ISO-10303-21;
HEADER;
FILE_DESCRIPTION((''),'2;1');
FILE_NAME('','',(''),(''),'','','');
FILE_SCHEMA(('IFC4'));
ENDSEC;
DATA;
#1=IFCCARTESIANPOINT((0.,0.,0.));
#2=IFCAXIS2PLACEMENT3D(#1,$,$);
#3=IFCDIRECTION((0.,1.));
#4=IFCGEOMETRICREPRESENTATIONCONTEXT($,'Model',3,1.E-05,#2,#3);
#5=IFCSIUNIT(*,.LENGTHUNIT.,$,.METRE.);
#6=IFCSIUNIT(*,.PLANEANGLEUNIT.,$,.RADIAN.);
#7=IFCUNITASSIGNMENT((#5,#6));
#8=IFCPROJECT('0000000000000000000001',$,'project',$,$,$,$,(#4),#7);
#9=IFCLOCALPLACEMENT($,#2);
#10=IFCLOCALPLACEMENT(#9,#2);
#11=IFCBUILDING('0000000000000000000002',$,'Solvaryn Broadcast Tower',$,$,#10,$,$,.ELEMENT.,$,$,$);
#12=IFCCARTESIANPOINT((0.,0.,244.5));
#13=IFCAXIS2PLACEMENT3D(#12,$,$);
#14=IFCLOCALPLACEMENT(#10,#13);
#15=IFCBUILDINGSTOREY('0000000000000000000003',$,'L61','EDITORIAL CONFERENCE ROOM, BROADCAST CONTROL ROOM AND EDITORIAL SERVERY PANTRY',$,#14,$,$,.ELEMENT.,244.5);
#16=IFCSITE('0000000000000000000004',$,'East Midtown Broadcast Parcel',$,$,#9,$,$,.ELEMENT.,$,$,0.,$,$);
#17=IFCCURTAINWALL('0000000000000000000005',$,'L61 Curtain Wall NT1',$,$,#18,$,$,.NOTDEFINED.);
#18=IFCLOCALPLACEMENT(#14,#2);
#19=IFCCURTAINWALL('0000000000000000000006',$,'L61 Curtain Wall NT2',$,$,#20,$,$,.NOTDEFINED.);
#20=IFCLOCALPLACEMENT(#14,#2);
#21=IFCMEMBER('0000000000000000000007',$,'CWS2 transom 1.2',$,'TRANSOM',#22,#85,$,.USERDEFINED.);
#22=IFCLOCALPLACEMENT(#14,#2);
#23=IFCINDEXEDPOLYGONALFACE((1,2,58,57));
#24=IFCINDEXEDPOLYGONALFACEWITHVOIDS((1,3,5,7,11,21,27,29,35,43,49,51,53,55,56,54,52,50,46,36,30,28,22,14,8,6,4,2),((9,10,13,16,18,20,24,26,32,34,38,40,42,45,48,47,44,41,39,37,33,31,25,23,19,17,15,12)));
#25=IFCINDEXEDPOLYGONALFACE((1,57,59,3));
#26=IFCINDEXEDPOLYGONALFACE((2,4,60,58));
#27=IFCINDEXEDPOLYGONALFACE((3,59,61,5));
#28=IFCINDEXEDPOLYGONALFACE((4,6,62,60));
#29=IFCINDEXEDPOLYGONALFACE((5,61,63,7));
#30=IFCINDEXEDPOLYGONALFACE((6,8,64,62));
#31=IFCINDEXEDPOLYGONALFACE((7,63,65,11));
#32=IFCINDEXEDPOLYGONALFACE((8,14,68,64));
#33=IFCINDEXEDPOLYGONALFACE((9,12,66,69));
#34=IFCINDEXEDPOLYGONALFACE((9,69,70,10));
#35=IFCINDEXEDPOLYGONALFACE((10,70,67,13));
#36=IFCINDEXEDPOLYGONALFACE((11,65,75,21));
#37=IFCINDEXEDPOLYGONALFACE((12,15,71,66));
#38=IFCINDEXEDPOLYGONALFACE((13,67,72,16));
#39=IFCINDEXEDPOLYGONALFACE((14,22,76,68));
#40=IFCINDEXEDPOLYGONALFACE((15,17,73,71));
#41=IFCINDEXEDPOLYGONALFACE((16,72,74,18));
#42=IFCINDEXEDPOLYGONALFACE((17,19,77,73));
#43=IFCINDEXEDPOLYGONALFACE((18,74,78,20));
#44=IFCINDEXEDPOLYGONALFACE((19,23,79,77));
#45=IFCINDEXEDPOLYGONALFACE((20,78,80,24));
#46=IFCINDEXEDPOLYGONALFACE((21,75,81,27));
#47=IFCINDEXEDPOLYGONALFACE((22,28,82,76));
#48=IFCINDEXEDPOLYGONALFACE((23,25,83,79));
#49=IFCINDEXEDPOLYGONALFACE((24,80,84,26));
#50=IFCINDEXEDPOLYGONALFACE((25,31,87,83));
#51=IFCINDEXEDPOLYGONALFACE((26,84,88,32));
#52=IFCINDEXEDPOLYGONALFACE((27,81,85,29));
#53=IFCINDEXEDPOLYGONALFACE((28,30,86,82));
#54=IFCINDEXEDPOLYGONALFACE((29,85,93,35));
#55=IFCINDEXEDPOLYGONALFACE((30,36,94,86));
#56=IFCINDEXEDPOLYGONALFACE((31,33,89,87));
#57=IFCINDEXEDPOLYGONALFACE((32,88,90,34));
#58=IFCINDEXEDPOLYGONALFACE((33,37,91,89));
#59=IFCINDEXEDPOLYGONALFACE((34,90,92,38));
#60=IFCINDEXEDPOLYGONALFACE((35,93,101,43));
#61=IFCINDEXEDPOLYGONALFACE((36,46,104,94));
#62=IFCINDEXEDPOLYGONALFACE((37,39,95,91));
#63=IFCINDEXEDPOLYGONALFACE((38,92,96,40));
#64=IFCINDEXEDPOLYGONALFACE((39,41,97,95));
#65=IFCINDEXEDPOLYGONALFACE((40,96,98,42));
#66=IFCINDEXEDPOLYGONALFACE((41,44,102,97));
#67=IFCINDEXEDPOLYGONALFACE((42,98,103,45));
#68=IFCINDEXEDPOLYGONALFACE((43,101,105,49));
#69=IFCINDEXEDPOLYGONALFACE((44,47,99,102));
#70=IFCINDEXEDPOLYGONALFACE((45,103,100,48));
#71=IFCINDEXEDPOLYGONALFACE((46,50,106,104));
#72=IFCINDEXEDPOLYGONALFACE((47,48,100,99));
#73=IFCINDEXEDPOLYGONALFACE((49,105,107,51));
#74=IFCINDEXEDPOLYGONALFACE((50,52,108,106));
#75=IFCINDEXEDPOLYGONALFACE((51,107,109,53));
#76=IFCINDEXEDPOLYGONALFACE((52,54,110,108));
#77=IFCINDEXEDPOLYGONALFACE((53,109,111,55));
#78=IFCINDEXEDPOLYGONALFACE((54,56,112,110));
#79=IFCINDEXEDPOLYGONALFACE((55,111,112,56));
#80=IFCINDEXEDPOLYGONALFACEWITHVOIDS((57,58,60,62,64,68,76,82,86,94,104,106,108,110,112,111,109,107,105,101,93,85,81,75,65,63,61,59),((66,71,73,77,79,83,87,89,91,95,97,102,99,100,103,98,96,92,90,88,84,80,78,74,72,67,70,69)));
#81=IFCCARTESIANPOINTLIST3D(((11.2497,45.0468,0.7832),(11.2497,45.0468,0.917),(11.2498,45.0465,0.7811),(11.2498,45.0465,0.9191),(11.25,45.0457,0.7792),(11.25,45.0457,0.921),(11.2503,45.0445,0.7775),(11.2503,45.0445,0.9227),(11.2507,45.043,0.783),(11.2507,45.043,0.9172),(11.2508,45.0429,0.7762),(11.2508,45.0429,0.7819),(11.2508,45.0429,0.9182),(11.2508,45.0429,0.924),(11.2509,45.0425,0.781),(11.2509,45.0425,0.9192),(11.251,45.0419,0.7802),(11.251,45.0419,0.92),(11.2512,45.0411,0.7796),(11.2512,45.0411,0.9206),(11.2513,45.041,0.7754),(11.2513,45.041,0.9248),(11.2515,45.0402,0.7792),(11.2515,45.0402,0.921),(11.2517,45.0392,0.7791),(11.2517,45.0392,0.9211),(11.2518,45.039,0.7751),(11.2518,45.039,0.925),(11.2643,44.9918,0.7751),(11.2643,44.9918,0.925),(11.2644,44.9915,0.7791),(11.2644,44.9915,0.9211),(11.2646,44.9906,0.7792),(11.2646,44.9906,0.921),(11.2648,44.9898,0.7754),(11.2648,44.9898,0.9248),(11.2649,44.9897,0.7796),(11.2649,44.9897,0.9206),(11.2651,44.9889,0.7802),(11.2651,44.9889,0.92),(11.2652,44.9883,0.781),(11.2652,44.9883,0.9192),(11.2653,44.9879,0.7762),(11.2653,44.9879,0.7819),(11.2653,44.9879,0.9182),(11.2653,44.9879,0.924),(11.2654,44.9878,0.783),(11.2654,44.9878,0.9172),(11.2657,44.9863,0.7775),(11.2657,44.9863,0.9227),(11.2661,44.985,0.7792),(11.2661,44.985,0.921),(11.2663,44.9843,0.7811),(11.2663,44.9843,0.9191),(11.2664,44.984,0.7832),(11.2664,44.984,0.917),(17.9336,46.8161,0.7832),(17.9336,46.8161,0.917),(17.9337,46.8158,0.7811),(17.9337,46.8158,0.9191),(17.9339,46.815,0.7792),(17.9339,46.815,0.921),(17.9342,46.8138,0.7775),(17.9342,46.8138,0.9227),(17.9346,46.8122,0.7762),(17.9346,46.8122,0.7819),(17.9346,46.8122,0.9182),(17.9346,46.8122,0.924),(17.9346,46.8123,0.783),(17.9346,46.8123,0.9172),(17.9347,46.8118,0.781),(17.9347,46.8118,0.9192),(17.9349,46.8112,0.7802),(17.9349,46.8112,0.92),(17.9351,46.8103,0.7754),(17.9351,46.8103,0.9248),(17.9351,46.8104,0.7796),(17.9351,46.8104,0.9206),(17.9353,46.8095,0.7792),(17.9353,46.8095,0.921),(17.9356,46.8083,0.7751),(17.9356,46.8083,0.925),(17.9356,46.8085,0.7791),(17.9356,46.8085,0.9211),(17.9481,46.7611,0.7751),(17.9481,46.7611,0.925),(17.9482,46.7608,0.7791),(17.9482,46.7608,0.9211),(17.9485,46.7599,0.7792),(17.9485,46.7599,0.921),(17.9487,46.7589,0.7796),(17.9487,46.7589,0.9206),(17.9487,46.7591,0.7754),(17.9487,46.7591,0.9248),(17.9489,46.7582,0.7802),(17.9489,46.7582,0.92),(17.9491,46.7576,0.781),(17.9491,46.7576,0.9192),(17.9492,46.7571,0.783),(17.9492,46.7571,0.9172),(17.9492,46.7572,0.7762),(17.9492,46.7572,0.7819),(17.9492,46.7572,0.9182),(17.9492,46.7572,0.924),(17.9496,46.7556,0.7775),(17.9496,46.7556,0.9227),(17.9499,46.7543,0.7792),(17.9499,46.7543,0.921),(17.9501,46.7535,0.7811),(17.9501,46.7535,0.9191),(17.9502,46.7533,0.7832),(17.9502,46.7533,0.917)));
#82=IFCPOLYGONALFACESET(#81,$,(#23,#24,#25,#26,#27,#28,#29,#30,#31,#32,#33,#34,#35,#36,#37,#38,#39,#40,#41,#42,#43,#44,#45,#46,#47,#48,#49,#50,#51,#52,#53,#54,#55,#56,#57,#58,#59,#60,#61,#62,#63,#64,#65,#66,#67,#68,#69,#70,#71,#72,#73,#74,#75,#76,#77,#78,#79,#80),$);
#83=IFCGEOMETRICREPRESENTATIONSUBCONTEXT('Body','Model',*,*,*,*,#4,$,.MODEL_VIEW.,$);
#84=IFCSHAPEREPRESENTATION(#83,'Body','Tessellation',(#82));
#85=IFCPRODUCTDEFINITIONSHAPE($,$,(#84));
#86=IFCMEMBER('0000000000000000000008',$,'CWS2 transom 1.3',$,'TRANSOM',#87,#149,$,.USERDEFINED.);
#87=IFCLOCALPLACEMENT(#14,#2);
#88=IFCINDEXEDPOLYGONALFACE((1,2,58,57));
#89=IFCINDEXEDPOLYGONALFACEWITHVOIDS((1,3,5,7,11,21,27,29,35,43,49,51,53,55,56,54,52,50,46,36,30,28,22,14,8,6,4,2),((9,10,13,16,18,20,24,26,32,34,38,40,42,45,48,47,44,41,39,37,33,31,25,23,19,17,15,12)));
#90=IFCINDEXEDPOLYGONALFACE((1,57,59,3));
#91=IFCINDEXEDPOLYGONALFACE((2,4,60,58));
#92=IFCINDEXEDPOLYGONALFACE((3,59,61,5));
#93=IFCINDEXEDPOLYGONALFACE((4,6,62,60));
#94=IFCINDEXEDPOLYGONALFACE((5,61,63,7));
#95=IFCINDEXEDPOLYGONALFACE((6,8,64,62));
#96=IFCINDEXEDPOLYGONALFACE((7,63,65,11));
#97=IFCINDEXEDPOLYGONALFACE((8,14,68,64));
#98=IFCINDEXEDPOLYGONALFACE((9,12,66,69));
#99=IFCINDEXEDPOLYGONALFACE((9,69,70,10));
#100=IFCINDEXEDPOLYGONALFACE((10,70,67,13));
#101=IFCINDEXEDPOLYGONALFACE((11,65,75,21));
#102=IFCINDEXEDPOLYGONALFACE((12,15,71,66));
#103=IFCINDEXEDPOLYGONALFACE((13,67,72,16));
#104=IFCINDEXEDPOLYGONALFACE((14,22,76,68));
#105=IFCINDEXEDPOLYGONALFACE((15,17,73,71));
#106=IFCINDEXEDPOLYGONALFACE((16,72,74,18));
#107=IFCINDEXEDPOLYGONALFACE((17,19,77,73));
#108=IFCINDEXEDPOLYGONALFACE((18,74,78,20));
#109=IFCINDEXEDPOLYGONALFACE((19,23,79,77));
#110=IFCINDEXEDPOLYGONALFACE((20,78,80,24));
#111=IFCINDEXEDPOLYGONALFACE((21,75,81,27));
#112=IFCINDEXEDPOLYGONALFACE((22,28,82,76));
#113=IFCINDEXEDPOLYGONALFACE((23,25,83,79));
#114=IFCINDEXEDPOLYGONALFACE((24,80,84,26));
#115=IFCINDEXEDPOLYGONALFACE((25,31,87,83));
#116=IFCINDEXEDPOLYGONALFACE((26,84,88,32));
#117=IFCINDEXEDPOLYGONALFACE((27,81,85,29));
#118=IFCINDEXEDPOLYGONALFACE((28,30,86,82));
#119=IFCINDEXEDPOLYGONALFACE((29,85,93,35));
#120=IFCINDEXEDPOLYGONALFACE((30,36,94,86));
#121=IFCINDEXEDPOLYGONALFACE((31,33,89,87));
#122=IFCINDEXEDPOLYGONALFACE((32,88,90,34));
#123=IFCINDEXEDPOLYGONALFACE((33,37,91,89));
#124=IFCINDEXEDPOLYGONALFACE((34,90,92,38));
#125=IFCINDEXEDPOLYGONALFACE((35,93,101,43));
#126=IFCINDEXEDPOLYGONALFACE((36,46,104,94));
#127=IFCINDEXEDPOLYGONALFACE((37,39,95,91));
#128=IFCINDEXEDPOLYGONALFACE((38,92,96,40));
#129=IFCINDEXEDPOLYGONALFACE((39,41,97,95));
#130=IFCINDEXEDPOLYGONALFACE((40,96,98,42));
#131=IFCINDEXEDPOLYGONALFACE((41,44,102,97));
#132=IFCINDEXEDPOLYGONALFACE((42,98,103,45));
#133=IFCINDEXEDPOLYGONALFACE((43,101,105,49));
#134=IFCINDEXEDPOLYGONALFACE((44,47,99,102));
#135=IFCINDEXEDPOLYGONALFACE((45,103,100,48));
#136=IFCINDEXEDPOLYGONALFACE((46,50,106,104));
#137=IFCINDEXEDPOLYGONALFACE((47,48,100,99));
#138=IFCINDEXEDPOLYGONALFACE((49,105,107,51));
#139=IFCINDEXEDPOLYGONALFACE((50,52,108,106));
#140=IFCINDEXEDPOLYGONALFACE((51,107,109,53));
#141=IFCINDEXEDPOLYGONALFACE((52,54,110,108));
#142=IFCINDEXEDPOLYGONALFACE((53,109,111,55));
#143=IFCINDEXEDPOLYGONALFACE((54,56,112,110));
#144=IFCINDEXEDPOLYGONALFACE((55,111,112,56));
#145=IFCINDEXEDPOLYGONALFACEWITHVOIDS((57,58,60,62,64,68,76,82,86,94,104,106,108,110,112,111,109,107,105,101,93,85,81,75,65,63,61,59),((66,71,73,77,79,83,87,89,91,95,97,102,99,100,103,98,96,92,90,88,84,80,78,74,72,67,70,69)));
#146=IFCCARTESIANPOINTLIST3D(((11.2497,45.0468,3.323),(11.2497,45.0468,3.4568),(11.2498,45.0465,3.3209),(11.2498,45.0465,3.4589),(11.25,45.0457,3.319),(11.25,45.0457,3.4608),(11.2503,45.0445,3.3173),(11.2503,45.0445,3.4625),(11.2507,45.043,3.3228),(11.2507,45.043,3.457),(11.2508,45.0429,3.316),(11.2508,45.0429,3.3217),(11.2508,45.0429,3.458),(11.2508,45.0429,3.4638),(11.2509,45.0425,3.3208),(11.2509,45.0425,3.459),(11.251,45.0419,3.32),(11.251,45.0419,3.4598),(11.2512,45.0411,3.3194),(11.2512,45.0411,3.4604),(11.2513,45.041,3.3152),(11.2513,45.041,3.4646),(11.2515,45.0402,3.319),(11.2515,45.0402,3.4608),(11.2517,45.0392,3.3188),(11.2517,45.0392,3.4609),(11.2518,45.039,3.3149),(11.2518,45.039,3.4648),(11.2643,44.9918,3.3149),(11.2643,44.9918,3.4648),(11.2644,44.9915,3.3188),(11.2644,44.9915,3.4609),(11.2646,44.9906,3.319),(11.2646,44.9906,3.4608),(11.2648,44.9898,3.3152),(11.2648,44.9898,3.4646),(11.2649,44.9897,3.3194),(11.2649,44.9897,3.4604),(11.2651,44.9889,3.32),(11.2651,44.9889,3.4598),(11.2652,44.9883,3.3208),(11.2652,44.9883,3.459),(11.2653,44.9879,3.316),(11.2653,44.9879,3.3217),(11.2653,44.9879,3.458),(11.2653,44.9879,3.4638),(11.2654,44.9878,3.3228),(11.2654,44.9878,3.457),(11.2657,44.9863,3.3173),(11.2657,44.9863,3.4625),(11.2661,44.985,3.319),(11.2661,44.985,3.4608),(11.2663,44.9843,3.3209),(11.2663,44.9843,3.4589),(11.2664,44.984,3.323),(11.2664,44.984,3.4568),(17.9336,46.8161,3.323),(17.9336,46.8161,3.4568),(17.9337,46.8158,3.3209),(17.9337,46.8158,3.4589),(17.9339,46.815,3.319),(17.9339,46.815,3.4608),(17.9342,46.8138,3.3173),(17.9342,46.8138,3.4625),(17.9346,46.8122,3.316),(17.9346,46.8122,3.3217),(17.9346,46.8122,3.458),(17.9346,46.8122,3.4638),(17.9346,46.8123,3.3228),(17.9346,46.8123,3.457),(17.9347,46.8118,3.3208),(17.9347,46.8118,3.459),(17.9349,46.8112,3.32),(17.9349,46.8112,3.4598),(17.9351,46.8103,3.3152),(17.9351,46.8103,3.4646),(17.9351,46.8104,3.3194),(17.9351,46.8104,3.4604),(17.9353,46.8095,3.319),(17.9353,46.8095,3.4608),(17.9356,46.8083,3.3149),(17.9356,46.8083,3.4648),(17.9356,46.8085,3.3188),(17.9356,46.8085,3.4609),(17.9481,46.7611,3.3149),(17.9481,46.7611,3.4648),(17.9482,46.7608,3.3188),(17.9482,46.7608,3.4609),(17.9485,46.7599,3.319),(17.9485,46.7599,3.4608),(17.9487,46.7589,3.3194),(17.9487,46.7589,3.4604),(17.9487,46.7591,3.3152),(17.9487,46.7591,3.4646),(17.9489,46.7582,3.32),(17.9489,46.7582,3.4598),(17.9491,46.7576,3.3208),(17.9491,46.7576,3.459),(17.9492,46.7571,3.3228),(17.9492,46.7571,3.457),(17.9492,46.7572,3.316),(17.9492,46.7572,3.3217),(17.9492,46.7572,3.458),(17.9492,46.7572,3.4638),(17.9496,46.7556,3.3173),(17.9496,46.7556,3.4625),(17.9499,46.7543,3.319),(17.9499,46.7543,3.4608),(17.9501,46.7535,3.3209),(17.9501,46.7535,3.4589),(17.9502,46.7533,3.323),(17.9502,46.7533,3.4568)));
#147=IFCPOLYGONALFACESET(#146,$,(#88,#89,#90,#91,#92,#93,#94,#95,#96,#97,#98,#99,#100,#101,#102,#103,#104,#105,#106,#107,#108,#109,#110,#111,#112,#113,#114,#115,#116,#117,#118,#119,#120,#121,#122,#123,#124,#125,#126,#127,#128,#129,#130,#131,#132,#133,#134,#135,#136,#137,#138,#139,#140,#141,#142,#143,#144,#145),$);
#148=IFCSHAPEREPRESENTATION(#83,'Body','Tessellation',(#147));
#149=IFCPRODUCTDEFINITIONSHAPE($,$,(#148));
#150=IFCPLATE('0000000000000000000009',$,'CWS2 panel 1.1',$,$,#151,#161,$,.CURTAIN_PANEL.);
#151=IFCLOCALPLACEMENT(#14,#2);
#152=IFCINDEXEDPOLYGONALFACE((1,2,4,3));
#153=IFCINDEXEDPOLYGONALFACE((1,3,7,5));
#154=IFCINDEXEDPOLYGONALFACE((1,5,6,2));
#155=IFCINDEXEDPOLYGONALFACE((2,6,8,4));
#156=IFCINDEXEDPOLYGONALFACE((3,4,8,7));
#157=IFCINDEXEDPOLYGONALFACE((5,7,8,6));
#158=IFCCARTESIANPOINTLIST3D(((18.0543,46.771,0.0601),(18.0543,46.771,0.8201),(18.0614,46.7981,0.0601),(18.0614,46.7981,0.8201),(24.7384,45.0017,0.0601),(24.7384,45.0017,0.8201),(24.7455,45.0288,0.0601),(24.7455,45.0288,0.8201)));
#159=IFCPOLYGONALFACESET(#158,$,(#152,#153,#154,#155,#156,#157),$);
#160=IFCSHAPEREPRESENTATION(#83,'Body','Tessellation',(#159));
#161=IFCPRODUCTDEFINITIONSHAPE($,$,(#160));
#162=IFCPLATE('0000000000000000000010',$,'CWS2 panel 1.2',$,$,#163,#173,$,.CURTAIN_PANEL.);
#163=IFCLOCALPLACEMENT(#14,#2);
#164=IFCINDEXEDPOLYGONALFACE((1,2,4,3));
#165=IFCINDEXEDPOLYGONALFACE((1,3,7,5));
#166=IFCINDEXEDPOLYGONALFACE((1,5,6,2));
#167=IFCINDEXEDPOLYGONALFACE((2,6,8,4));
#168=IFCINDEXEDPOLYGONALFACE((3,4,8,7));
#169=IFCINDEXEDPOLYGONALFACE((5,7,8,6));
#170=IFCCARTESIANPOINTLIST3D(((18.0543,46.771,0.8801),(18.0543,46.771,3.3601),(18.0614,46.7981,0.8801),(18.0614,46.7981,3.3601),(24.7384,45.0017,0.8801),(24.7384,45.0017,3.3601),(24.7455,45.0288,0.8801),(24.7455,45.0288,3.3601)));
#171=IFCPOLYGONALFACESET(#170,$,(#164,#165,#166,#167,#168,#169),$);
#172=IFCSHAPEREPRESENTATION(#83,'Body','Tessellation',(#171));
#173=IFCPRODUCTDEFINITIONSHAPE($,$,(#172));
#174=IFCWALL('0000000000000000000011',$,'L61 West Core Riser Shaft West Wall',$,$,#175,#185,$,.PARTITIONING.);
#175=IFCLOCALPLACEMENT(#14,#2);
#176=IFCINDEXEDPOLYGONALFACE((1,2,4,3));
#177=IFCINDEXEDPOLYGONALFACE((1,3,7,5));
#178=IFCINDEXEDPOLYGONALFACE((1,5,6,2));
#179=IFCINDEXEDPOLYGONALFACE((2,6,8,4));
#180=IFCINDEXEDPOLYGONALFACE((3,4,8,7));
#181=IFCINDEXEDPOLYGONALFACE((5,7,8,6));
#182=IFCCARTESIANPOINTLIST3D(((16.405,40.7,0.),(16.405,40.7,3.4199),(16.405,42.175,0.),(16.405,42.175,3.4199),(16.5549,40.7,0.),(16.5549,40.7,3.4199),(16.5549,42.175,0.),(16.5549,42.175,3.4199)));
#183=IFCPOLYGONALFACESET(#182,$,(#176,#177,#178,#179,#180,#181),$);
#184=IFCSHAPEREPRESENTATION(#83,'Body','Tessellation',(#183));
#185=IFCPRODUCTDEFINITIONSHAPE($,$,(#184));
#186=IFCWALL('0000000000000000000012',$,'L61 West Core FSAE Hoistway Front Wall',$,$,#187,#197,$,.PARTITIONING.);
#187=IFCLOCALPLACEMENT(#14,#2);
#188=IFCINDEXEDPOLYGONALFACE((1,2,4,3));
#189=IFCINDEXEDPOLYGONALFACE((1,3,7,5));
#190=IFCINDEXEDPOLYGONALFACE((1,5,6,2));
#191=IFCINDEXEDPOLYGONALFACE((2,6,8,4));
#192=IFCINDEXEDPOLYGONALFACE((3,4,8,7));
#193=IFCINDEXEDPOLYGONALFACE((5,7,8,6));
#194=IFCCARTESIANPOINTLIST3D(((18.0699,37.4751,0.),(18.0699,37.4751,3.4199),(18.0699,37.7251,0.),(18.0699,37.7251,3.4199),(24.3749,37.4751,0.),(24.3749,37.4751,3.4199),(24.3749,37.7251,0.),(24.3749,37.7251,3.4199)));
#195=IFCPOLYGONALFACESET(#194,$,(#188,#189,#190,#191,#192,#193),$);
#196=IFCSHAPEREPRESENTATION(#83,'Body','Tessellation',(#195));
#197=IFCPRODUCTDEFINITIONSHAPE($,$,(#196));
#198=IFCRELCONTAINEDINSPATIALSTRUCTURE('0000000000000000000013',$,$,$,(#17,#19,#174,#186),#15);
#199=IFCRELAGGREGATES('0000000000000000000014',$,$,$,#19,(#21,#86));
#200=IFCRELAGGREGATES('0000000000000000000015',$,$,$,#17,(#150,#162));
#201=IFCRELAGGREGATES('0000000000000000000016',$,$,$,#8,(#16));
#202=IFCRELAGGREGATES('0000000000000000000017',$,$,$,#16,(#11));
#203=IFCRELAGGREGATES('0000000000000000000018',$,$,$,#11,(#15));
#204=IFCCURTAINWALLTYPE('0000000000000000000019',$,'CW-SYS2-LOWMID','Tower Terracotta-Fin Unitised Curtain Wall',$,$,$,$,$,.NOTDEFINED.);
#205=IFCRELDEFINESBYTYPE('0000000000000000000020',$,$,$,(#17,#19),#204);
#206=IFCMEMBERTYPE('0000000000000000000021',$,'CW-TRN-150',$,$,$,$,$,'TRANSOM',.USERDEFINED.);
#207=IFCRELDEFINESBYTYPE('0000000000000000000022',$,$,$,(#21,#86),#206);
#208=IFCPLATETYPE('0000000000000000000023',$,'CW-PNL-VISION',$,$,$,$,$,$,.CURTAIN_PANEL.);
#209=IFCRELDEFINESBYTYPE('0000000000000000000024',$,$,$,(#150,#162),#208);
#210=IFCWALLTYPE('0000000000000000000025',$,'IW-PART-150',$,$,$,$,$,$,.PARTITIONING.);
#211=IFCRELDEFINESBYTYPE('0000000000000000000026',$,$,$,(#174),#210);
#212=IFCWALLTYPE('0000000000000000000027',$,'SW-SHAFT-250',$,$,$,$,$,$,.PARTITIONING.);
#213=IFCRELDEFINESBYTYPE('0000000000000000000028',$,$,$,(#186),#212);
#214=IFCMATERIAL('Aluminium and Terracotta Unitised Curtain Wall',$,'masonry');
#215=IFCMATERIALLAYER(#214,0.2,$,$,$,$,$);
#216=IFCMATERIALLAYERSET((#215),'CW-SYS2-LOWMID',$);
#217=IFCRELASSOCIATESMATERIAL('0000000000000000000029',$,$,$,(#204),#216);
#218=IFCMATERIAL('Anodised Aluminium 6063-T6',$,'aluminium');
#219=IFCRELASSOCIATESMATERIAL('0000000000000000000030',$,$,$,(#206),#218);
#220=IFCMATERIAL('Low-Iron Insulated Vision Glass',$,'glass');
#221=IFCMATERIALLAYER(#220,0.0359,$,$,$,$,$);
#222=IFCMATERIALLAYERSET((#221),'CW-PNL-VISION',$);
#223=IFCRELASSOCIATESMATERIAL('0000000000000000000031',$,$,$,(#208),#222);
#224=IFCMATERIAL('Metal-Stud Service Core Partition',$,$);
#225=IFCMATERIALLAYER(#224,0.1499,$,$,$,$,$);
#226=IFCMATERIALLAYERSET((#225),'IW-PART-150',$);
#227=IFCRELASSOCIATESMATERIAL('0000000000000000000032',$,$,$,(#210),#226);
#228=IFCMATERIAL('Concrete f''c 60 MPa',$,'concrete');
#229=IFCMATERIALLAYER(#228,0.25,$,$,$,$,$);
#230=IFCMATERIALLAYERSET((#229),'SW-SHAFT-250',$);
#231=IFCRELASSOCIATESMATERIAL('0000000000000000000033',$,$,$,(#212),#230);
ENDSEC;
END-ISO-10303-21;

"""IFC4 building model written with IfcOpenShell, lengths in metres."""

from ifc_helpers import new_model, si_unit, direction, frame, frame_2d, origin, origin_2d, place, context, subcontext, project, spatial, rectangle, hollow_rectangle, extrude, material, layer, layer_set, material_profile, profile_set, type_object, element, aggregate, save


model = new_model("IFC4")

# Units and contexts
model_context = context("Model", 3, precision=1e-05, world=origin(), true_north=direction((0.0, 1.0)))
body_context = subcontext(model_context, "Body", "Model", "MODEL_VIEW")
ifc_project = project(units=[si_unit("LENGTHUNIT", "METRE"), si_unit("PLANEANGLEUNIT", "RADIAN")], contexts=[model_context])

# Site, building, storey
site_placement = place(None, origin())
site = spatial("IfcSite", under=ifc_project, at=site_placement, Name="East Midtown Broadcast Parcel", CompositionType="ELEMENT", RefElevation=0.0)
building_placement = place(site_placement, origin())
building = spatial("IfcBuilding", under=site, at=building_placement, Name="Solvaryn Broadcast Tower", CompositionType="ELEMENT")
storey_placement = place(building_placement, frame((0.0, 0.0, 244.5)))
storey = spatial("IfcBuildingStorey", under=building, at=storey_placement, Name="L61", Description="EDITORIAL CONFERENCE ROOM, BROADCAST CONTROL ROOM AND EDITORIAL SERVERY PANTRY", CompositionType="ELEMENT", Elevation=244.5)

# Curtain wall
ifc_material_1 = material(Name="Aluminium and Terracotta Unitised Curtain Wall", Category="masonry")
ifc_layer_1 = layer(ifc_material_1, 0.2)
ifc_layer_set_1 = layer_set([ifc_layer_1], Name="CW-SYS2-LOWMID")
curtain_wall_type = type_object("IfcCurtainWallType", Name="CW-SYS2-LOWMID", Description="Tower Terracotta-Fin Unitised Curtain Wall", PredefinedType="NOTDEFINED", material=ifc_layer_set_1)
curtain_wall_1_placement = place(storey_placement, origin())
curtain_wall_1 = element("IfcCurtainWall", 1, at=curtain_wall_1_placement, inside=storey, type_object=curtain_wall_type, Name="L61 Curtain Wall NT1", PredefinedType="NOTDEFINED")

# Curtain wall, members
curtain_wall_2_placement = place(storey_placement, origin())
curtain_wall_2 = element("IfcCurtainWall", 2, at=curtain_wall_2_placement, inside=storey, type_object=curtain_wall_type, Name="L61 Curtain Wall NT2", PredefinedType="NOTDEFINED")
ifc_material_2 = material(Name="Anodised Aluminium 6063-T6", Category="aluminium")
ifc_material_profile_1 = material_profile(ifc_material_2, hollow_rectangle(XDim=0.0649, YDim=0.1499, WallThickness=0.0039, InnerFilletRadius=0.0039, OuterFilletRadius=0.0081, at=origin_2d()))
ifc_profile_set_1 = profile_set([ifc_material_profile_1], Name="Anodised Aluminium 6063-T6")
member_type_1 = type_object("IfcMemberType", Name="CW-TRN-150", ElementType="TRANSOM", PredefinedType="USERDEFINED", material=ifc_profile_set_1)
member_1_placement = place(storey_placement, frame((17.9419, 46.7847, 0.8501), z_axis=(-0.966704, -0.255897, 0.0), x_axis=(0.255897, -0.966704, 0.0)))
member_1 = element("IfcMember", 3, at=member_1_placement, type_object=member_type_1, Name="CWS2 transom 1.2", ObjectType="TRANSOM", PredefinedType="USERDEFINED", context=body_context, shape_type="SweptSolid", body=[
    extrude(hollow_rectangle(XDim=0.0649, YDim=0.1499, WallThickness=0.0039, InnerFilletRadius=0.0039, OuterFilletRadius=0.0081, at=origin_2d()), origin(), (0.0, 0.0, 1.0), 6.9141),
])
member_2_placement = place(storey_placement, frame((17.9419, 46.7847, 3.3899), z_axis=(-0.966704, -0.255897, 0.0), x_axis=(0.255897, -0.966704, 0.0)))
member_2 = element("IfcMember", 4, at=member_2_placement, type_object=member_type_1, Name="CWS2 transom 1.3", ObjectType="TRANSOM", PredefinedType="USERDEFINED", context=body_context, shape_type="SweptSolid", body=[
    extrude(hollow_rectangle(XDim=0.0649, YDim=0.1499, WallThickness=0.0039, InnerFilletRadius=0.0039, OuterFilletRadius=0.0081, at=origin_2d()), origin(), (0.0, 0.0, 1.0), 6.9141),
])
aggregate(curtain_wall_2, [member_1, member_2])

# Plates
ifc_material_3 = material(Name="Low-Iron Insulated Vision Glass", Category="glass")
ifc_layer_2 = layer(ifc_material_3, 0.0359)
ifc_layer_set_2 = layer_set([ifc_layer_2], Name="CW-PNL-VISION")
plate_type = type_object("IfcPlateType", Name="CW-PNL-VISION", PredefinedType="CURTAIN_PANEL", material=ifc_layer_set_2)
plate_1_placement = place(storey_placement, frame((21.3999, 45.8999, 0.0601), z_axis=(0.0, 0.0, 1.0), x_axis=(-0.966705, 0.255893, 0.0)))
plate_1 = element("IfcPlate", 5, at=plate_1_placement, type_object=plate_type, Name="CWS2 panel 1.1", PredefinedType="CURTAIN_PANEL", context=body_context, shape_type="SweptSolid", body=[
    extrude(rectangle(XDim=6.9143, YDim=0.0281, at=origin_2d()), origin(), (0.0, 0.0, 1.0), 0.76),
])
plate_2_placement = place(storey_placement, frame((21.3999, 45.8999, 0.8801), z_axis=(0.0, 0.0, 1.0), x_axis=(-0.966705, 0.255893, 0.0)))
plate_2 = element("IfcPlate", 6, at=plate_2_placement, type_object=plate_type, Name="CWS2 panel 1.2", PredefinedType="CURTAIN_PANEL", context=body_context, shape_type="SweptSolid", body=[
    extrude(rectangle(XDim=6.9143, YDim=0.0281, at=origin_2d()), origin(), (0.0, 0.0, 1.0), 2.48),
])
aggregate(curtain_wall_1, [plate_1, plate_2])

# Walls
ifc_material_4 = material(Name="Metal-Stud Service Core Partition")
ifc_layer_3 = layer(ifc_material_4, 0.1499)
ifc_layer_set_3 = layer_set([ifc_layer_3], Name="IW-PART-150")
wall_type_1 = type_object("IfcWallType", Name="IW-PART-150", PredefinedType="PARTITIONING", material=ifc_layer_set_3)
wall_1_placement = place(storey_placement, frame((16.48, 40.7, 0.0), z_axis=(0.0, 0.0, 1.0), x_axis=(0.0, 1.0, 0.0)))
element("IfcWall", 7, at=wall_1_placement, inside=storey, type_object=wall_type_1, Name="L61 West Core Riser Shaft West Wall", PredefinedType="PARTITIONING", context=body_context, shape_type="SweptSolid", body=[
    extrude(rectangle(XDim=1.4751, YDim=0.1499, at=frame_2d((0.7375, 0.0))), origin(), (0.0, 0.0, 1.0), 3.4199),
])
ifc_material_5 = material(Name="Concrete f'c 60 MPa", Category="concrete")
ifc_layer_4 = layer(ifc_material_5, 0.25)
ifc_layer_set_4 = layer_set([ifc_layer_4], Name="SW-SHAFT-250")
wall_type_2 = type_object("IfcWallType", Name="SW-SHAFT-250", PredefinedType="PARTITIONING", material=ifc_layer_set_4)
wall_2_placement = place(storey_placement, frame((18.0701, 37.6001, 0.0), z_axis=(0.0, 0.0, 1.0), x_axis=(1.0, 0.0, 0.0)))
element("IfcWall", 8, at=wall_2_placement, inside=storey, type_object=wall_type_2, Name="L61 West Core FSAE Hoistway Front Wall", PredefinedType="PARTITIONING", context=body_context, shape_type="SweptSolid", body=[
    extrude(rectangle(XDim=6.3049, YDim=0.25, at=frame_2d((3.1523, 0.0))), origin(), (0.0, 0.0, 1.0), 3.4199),
])

save(model, "model.ifc")
